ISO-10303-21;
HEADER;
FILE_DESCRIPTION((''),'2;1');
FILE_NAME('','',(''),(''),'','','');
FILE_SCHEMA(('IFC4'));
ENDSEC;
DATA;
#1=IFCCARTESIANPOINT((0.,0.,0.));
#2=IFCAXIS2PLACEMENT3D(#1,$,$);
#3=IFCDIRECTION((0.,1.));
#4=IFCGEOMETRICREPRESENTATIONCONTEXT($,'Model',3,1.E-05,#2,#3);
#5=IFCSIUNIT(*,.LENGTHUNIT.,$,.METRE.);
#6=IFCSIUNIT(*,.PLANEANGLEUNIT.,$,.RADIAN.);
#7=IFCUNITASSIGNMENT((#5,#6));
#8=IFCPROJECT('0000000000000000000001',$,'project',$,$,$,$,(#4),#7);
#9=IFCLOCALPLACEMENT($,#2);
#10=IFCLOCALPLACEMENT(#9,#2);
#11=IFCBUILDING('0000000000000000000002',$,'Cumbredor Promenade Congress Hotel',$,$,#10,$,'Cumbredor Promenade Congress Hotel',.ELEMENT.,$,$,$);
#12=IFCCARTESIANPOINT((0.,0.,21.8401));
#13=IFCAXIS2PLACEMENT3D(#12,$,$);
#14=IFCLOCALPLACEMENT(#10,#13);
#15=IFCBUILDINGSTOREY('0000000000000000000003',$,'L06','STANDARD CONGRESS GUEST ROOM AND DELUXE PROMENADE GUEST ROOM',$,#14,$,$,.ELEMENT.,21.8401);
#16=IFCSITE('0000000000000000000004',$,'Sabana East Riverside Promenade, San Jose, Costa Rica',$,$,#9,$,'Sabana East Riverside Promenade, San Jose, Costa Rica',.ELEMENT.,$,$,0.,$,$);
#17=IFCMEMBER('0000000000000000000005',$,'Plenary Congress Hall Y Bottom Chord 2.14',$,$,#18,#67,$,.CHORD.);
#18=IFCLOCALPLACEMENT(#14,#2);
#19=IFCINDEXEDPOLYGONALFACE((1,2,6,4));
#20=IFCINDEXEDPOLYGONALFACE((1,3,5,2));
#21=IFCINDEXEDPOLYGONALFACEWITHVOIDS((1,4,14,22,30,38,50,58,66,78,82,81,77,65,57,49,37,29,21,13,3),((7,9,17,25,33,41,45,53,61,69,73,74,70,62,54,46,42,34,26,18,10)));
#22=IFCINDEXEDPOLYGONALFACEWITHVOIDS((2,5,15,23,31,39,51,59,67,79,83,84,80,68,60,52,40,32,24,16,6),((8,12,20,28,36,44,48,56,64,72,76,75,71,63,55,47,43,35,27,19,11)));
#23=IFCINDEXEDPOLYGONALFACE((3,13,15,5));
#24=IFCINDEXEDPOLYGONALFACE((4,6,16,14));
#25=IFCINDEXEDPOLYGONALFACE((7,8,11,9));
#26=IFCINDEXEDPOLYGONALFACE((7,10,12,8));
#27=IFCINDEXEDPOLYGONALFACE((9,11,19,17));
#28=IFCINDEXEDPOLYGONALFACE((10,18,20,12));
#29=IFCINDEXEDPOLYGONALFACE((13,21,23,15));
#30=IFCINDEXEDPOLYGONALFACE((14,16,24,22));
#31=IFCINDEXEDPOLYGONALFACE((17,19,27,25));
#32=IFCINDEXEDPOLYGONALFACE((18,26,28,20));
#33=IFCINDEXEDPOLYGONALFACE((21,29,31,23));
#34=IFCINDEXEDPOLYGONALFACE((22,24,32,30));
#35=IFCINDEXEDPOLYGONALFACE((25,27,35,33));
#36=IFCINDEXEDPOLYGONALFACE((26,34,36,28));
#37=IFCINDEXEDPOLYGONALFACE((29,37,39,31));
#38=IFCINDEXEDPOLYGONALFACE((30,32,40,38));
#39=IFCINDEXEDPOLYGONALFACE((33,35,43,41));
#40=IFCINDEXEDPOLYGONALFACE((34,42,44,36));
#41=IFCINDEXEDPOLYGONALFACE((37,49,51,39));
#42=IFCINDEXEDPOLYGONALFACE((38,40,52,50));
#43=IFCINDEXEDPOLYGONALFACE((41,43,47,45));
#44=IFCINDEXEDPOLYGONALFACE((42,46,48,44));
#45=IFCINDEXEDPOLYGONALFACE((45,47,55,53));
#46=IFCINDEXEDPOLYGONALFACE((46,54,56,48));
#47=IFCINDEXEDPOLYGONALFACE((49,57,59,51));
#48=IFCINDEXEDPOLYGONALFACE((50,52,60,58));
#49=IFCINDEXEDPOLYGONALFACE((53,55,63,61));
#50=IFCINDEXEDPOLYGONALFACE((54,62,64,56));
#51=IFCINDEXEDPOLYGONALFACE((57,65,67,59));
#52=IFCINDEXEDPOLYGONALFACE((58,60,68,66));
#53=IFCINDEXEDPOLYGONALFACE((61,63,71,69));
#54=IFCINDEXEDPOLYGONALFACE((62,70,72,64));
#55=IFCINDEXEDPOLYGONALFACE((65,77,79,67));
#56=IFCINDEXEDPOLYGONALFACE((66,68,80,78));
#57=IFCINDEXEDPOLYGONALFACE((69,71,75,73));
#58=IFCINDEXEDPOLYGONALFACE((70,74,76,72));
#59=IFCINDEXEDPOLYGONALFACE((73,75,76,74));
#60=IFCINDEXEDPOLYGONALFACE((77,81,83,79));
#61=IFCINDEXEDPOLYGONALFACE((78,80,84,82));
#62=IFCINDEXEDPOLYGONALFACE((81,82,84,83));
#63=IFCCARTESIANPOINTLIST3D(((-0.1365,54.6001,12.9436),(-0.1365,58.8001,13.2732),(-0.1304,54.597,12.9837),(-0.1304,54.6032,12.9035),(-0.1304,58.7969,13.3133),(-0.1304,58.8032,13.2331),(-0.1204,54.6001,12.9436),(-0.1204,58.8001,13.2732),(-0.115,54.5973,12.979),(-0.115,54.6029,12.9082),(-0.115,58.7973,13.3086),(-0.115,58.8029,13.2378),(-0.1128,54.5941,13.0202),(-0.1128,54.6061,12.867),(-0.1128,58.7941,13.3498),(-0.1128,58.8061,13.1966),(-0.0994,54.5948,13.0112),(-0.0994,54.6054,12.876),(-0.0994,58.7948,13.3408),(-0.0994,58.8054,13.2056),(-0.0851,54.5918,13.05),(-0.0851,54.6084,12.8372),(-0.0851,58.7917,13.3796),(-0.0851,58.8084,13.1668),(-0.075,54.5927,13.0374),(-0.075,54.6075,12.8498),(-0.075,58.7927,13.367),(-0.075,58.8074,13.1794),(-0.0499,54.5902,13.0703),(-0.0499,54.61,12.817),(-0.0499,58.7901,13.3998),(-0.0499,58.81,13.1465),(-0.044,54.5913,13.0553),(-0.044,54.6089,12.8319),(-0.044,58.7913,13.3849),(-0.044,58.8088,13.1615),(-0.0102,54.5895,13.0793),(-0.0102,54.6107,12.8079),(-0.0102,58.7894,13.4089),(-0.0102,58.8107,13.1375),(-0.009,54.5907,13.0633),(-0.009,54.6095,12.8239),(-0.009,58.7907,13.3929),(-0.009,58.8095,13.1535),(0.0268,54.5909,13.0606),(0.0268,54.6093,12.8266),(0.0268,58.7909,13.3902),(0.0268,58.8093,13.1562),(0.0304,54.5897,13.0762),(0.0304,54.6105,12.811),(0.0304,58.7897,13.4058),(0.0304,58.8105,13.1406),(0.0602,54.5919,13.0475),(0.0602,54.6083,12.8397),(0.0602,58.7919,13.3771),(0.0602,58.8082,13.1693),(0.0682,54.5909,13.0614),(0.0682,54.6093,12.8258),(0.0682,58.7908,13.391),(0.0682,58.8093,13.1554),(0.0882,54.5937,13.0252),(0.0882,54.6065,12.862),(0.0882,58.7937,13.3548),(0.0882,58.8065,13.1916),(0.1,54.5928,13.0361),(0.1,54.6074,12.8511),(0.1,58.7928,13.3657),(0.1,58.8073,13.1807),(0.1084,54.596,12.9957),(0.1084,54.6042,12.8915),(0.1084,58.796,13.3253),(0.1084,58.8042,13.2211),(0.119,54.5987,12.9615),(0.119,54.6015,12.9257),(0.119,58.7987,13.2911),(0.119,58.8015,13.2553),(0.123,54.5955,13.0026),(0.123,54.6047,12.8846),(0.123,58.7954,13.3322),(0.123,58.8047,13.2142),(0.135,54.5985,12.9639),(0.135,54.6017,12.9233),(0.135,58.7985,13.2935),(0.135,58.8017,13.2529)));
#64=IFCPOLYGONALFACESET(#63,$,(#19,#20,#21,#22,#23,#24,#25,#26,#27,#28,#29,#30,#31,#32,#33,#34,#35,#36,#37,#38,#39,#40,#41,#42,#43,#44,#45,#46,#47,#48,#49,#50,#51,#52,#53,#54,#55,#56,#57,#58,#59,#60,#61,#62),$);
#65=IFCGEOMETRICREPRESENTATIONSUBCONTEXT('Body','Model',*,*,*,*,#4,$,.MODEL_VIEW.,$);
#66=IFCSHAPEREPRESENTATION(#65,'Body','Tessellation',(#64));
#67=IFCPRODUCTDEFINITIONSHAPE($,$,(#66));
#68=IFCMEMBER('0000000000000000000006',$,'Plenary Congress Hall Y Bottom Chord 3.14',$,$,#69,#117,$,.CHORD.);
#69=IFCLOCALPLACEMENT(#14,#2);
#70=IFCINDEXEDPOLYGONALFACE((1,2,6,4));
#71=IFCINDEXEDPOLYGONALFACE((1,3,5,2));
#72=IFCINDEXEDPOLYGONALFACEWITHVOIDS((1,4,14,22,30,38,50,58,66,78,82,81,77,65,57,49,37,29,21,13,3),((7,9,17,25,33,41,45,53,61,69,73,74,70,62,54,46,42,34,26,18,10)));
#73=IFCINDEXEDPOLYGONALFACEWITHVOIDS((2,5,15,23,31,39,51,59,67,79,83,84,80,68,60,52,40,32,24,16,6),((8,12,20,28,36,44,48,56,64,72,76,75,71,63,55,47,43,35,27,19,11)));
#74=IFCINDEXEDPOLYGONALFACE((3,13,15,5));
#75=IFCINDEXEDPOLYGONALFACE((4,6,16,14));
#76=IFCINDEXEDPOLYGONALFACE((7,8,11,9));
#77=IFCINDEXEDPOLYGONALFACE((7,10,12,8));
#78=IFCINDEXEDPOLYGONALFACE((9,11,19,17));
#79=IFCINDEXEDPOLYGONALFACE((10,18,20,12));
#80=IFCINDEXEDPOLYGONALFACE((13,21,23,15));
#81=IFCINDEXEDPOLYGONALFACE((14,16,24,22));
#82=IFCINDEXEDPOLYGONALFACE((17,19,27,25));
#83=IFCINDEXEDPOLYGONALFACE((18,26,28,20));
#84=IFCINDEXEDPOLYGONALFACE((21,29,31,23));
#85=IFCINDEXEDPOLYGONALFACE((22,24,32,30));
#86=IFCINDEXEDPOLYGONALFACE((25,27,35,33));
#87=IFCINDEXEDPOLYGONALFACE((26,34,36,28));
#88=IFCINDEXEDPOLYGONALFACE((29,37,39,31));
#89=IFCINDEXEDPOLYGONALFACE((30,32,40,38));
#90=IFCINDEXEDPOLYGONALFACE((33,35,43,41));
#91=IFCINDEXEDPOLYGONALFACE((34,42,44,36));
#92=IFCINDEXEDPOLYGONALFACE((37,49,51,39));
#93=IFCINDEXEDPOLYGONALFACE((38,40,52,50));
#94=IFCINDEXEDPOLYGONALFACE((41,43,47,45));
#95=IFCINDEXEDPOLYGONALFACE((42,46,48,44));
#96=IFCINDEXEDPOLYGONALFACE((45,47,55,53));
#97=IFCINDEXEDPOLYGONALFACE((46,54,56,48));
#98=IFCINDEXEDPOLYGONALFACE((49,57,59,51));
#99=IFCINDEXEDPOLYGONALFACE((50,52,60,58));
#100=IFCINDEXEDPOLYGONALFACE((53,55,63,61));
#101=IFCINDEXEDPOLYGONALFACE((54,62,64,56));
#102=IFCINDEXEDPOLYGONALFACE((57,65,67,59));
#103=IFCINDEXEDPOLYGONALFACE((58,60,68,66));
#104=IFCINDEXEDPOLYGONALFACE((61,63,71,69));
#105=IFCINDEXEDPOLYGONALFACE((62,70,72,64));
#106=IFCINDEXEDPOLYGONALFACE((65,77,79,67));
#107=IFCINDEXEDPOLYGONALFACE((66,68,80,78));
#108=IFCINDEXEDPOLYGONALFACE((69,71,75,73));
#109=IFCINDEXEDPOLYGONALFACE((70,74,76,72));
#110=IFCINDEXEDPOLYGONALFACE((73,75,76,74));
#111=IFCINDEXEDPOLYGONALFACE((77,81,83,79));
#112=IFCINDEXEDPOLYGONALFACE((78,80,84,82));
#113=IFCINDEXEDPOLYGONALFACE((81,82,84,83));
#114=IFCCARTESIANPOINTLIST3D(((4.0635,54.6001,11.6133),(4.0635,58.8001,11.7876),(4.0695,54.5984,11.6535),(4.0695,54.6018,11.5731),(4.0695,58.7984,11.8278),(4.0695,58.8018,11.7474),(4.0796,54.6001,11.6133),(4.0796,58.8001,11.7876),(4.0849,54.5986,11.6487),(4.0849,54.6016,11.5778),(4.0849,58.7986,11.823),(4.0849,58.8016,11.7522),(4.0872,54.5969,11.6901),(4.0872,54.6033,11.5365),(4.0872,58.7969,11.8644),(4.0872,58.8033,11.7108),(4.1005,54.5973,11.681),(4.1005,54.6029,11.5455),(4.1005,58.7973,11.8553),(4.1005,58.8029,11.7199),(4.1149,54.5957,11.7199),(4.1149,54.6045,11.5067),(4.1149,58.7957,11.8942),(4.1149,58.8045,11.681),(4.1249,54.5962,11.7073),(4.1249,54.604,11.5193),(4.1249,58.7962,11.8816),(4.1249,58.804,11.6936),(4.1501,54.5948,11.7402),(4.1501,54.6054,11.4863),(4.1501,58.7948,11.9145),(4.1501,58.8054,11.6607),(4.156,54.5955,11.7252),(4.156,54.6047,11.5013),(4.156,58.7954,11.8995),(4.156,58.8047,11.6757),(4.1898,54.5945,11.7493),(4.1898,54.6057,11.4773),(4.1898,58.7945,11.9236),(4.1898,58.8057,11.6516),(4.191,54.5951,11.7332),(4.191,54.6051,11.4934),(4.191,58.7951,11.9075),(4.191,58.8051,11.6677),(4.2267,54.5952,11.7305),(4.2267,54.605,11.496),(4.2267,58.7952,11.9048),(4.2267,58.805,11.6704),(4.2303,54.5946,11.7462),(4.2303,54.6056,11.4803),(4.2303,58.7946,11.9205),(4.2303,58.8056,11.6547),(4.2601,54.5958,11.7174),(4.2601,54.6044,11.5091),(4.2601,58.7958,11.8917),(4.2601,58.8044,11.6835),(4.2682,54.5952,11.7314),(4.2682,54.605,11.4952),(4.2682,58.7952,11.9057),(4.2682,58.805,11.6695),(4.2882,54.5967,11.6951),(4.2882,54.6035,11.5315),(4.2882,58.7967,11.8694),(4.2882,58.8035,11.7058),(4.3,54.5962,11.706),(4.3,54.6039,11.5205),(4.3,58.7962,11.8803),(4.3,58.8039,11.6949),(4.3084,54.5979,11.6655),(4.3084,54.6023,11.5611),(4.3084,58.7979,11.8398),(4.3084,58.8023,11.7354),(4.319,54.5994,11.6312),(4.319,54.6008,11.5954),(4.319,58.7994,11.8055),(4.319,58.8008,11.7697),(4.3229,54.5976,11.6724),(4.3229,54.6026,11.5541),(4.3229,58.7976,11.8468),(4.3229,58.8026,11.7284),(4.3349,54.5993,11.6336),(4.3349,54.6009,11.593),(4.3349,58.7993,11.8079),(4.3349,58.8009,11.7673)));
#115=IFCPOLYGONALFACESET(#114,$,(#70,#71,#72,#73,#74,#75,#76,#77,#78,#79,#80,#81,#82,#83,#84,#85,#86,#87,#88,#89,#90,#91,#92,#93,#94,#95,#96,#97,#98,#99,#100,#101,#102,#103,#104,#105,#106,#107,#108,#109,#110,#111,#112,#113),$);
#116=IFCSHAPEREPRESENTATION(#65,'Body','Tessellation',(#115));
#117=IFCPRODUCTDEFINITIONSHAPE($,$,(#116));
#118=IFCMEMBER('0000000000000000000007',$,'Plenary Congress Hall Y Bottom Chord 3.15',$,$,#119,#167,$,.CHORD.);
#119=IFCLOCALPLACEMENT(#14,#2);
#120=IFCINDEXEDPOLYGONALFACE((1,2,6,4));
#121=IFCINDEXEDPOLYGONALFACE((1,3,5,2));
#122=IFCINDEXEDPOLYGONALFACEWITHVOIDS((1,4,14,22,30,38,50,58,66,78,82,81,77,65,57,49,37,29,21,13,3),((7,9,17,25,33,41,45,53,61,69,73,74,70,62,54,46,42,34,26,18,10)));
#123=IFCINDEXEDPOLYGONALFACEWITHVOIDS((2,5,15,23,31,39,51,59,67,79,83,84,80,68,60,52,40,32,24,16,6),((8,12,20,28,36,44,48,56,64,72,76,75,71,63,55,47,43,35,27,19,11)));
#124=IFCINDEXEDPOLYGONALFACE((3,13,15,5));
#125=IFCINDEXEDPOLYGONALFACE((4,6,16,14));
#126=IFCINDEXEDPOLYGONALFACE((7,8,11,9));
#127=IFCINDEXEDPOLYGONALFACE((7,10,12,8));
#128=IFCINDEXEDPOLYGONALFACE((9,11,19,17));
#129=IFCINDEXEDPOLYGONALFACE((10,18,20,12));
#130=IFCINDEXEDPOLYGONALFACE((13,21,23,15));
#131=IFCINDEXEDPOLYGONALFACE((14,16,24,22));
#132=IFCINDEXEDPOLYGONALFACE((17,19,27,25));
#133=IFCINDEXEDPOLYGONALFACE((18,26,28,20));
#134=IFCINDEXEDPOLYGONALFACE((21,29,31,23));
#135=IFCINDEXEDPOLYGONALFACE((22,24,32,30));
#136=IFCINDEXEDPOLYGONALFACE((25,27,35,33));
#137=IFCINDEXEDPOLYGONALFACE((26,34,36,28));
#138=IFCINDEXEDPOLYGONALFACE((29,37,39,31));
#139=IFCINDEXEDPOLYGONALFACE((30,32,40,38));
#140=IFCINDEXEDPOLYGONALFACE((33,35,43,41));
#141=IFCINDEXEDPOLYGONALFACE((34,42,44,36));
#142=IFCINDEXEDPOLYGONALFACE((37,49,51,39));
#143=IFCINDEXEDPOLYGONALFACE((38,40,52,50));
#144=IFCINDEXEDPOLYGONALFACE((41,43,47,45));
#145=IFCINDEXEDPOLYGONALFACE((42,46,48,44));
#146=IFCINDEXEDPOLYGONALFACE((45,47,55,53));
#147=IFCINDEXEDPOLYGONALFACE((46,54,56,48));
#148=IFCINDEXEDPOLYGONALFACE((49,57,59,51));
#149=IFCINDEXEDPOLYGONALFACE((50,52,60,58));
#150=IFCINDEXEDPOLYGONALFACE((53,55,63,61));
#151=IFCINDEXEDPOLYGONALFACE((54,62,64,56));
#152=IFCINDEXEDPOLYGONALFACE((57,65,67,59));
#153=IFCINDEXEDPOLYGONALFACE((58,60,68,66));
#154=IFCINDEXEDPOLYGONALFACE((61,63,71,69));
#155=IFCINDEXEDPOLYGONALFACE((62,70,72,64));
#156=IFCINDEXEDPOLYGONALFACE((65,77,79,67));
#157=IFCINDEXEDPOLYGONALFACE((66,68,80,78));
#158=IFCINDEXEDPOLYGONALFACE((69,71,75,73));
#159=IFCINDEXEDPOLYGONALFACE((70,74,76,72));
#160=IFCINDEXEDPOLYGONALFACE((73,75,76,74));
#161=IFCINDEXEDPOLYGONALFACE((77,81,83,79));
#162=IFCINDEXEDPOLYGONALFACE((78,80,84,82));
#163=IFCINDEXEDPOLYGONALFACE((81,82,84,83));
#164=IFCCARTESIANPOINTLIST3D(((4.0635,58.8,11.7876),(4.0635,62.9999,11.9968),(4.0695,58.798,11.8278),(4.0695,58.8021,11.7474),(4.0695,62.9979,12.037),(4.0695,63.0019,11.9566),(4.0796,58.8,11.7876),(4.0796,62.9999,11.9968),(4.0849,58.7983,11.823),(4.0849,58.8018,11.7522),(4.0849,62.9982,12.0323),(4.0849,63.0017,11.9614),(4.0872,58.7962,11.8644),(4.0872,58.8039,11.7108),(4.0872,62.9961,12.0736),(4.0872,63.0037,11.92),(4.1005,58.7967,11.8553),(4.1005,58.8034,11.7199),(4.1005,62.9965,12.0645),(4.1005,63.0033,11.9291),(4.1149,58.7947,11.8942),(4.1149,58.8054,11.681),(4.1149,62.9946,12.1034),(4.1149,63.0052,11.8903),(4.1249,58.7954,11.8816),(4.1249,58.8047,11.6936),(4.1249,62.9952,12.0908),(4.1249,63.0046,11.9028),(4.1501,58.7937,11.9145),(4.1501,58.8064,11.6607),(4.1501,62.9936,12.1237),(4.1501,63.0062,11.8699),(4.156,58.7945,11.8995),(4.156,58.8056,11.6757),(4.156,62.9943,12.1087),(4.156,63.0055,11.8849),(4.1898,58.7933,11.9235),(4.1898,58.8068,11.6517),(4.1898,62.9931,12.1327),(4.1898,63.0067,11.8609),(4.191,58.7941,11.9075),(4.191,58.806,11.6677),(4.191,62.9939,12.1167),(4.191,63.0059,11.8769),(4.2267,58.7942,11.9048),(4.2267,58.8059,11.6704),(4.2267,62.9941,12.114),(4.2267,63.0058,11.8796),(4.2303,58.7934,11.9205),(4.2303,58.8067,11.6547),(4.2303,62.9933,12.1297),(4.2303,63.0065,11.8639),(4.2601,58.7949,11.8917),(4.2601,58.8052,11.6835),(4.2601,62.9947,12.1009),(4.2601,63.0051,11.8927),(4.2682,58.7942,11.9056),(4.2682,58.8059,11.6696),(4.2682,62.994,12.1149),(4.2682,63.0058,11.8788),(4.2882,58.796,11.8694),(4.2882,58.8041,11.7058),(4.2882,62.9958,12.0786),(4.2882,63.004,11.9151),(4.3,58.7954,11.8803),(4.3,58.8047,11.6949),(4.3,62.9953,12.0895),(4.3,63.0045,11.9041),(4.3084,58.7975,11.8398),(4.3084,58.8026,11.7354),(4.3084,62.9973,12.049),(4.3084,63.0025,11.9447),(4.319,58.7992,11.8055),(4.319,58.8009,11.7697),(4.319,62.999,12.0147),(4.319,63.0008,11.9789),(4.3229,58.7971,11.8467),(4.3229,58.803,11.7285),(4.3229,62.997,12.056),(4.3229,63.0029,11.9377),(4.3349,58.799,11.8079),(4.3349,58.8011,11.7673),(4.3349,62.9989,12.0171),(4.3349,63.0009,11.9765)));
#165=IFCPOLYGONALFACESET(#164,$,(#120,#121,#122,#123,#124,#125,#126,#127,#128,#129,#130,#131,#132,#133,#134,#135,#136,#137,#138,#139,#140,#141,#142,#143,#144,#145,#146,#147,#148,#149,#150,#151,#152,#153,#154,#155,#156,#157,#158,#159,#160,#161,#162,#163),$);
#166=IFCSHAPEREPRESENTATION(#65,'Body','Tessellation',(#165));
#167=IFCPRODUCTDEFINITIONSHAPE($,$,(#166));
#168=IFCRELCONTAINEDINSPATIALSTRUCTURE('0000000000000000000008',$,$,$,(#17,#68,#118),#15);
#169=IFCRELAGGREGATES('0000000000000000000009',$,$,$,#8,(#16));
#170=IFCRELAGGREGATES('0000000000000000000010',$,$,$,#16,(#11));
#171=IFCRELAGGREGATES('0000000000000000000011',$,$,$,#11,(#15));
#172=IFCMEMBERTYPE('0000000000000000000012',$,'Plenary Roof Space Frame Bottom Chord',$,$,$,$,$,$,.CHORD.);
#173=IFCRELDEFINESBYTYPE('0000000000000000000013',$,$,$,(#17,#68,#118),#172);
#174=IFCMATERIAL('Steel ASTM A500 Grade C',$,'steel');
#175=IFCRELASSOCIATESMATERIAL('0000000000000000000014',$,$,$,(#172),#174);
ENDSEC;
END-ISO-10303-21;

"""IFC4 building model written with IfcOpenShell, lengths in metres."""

from ifc_helpers import new_model, si_unit, direction, frame, origin, origin_2d, place, context, subcontext, project, spatial, hollow_circle, extrude, material, material_profile, profile_set, type_object, element, save


model = new_model("IFC4")

# Units and contexts
model_context = context("Model", 3, precision=1e-05, world=origin(), true_north=direction((0.0, 1.0)))
body_context = subcontext(model_context, "Body", "Model", "MODEL_VIEW")
ifc_project = project(units=[si_unit("LENGTHUNIT", "METRE"), si_unit("PLANEANGLEUNIT", "RADIAN")], contexts=[model_context])

# Site, building, storey
site_placement = place(None, origin())
site = spatial("IfcSite", under=ifc_project, at=site_placement, Name="Sabana East Riverside Promenade, San Jose, Costa Rica", LongName="Sabana East Riverside Promenade, San Jose, Costa Rica", CompositionType="ELEMENT", RefElevation=0.0)
building_placement = place(site_placement, origin())
building = spatial("IfcBuilding", under=site, at=building_placement, Name="Cumbredor Promenade Congress Hotel", LongName="Cumbredor Promenade Congress Hotel", CompositionType="ELEMENT")
storey_placement = place(building_placement, frame((0.0, 0.0, 21.8401)))
storey = spatial("IfcBuildingStorey", under=building, at=storey_placement, Name="L06", Description="STANDARD CONGRESS GUEST ROOM AND DELUXE PROMENADE GUEST ROOM", CompositionType="ELEMENT", Elevation=21.8401)

# Members
ifc_material_1 = material(Name="Steel ASTM A500 Grade C", Category="steel")
ifc_material_profile_1 = material_profile(ifc_material_1, hollow_circle(Radius=0.1365, WallThickness=0.0161, at=origin_2d()), Name="CHS 273.0x16")
ifc_profile_set_1 = profile_set([ifc_material_profile_1], Name="Steel ASTM A500 Grade C")
member_type_1 = type_object("IfcMemberType", Name="Plenary Roof Space Frame Bottom Chord", PredefinedType="CHORD", material=ifc_profile_set_1)
member_1_placement = place(storey_placement, frame((0.0, 54.6001, 12.9436), z_axis=(0.0, 0.996935, 0.078234), x_axis=(-1.0, 0.0, 0.0)))
element("IfcMember", 1, at=member_1_placement, inside=storey, type_object=member_type_1, Name="Plenary Congress Hall Y Bottom Chord 2.14", PredefinedType="CHORD", context=body_context, shape_type="SweptSolid", body=[
    extrude(hollow_circle(Radius=0.1365, WallThickness=0.0161, at=origin_2d()), origin(), (0.0, 0.0, 1.0), 4.2129),
])
member_2_placement = place(storey_placement, frame((4.2, 54.6001, 11.6133), z_axis=(0.0, 0.99914, 0.041469), x_axis=(-1.0, 0.0, 0.0)))
element("IfcMember", 2, at=member_2_placement, inside=storey, type_object=member_type_1, Name="Plenary Congress Hall Y Bottom Chord 3.14", PredefinedType="CHORD", context=body_context, shape_type="SweptSolid", body=[
    extrude(hollow_circle(Radius=0.1365, WallThickness=0.0161, at=origin_2d()), origin(), (0.0, 0.0, 1.0), 4.2036),
])
member_3_placement = place(storey_placement, frame((4.2, 58.8, 11.7876), z_axis=(0.0, 0.998761, 0.049755), x_axis=(-1.0, 0.0, 0.0)))
element("IfcMember", 3, at=member_3_placement, inside=storey, type_object=member_type_1, Name="Plenary Congress Hall Y Bottom Chord 3.15", PredefinedType="CHORD", context=body_context, shape_type="SweptSolid", body=[
    extrude(hollow_circle(Radius=0.1365, WallThickness=0.0161, at=origin_2d()), origin(), (0.0, 0.0, 1.0), 4.2051),
])

save(model, "model.ifc")
